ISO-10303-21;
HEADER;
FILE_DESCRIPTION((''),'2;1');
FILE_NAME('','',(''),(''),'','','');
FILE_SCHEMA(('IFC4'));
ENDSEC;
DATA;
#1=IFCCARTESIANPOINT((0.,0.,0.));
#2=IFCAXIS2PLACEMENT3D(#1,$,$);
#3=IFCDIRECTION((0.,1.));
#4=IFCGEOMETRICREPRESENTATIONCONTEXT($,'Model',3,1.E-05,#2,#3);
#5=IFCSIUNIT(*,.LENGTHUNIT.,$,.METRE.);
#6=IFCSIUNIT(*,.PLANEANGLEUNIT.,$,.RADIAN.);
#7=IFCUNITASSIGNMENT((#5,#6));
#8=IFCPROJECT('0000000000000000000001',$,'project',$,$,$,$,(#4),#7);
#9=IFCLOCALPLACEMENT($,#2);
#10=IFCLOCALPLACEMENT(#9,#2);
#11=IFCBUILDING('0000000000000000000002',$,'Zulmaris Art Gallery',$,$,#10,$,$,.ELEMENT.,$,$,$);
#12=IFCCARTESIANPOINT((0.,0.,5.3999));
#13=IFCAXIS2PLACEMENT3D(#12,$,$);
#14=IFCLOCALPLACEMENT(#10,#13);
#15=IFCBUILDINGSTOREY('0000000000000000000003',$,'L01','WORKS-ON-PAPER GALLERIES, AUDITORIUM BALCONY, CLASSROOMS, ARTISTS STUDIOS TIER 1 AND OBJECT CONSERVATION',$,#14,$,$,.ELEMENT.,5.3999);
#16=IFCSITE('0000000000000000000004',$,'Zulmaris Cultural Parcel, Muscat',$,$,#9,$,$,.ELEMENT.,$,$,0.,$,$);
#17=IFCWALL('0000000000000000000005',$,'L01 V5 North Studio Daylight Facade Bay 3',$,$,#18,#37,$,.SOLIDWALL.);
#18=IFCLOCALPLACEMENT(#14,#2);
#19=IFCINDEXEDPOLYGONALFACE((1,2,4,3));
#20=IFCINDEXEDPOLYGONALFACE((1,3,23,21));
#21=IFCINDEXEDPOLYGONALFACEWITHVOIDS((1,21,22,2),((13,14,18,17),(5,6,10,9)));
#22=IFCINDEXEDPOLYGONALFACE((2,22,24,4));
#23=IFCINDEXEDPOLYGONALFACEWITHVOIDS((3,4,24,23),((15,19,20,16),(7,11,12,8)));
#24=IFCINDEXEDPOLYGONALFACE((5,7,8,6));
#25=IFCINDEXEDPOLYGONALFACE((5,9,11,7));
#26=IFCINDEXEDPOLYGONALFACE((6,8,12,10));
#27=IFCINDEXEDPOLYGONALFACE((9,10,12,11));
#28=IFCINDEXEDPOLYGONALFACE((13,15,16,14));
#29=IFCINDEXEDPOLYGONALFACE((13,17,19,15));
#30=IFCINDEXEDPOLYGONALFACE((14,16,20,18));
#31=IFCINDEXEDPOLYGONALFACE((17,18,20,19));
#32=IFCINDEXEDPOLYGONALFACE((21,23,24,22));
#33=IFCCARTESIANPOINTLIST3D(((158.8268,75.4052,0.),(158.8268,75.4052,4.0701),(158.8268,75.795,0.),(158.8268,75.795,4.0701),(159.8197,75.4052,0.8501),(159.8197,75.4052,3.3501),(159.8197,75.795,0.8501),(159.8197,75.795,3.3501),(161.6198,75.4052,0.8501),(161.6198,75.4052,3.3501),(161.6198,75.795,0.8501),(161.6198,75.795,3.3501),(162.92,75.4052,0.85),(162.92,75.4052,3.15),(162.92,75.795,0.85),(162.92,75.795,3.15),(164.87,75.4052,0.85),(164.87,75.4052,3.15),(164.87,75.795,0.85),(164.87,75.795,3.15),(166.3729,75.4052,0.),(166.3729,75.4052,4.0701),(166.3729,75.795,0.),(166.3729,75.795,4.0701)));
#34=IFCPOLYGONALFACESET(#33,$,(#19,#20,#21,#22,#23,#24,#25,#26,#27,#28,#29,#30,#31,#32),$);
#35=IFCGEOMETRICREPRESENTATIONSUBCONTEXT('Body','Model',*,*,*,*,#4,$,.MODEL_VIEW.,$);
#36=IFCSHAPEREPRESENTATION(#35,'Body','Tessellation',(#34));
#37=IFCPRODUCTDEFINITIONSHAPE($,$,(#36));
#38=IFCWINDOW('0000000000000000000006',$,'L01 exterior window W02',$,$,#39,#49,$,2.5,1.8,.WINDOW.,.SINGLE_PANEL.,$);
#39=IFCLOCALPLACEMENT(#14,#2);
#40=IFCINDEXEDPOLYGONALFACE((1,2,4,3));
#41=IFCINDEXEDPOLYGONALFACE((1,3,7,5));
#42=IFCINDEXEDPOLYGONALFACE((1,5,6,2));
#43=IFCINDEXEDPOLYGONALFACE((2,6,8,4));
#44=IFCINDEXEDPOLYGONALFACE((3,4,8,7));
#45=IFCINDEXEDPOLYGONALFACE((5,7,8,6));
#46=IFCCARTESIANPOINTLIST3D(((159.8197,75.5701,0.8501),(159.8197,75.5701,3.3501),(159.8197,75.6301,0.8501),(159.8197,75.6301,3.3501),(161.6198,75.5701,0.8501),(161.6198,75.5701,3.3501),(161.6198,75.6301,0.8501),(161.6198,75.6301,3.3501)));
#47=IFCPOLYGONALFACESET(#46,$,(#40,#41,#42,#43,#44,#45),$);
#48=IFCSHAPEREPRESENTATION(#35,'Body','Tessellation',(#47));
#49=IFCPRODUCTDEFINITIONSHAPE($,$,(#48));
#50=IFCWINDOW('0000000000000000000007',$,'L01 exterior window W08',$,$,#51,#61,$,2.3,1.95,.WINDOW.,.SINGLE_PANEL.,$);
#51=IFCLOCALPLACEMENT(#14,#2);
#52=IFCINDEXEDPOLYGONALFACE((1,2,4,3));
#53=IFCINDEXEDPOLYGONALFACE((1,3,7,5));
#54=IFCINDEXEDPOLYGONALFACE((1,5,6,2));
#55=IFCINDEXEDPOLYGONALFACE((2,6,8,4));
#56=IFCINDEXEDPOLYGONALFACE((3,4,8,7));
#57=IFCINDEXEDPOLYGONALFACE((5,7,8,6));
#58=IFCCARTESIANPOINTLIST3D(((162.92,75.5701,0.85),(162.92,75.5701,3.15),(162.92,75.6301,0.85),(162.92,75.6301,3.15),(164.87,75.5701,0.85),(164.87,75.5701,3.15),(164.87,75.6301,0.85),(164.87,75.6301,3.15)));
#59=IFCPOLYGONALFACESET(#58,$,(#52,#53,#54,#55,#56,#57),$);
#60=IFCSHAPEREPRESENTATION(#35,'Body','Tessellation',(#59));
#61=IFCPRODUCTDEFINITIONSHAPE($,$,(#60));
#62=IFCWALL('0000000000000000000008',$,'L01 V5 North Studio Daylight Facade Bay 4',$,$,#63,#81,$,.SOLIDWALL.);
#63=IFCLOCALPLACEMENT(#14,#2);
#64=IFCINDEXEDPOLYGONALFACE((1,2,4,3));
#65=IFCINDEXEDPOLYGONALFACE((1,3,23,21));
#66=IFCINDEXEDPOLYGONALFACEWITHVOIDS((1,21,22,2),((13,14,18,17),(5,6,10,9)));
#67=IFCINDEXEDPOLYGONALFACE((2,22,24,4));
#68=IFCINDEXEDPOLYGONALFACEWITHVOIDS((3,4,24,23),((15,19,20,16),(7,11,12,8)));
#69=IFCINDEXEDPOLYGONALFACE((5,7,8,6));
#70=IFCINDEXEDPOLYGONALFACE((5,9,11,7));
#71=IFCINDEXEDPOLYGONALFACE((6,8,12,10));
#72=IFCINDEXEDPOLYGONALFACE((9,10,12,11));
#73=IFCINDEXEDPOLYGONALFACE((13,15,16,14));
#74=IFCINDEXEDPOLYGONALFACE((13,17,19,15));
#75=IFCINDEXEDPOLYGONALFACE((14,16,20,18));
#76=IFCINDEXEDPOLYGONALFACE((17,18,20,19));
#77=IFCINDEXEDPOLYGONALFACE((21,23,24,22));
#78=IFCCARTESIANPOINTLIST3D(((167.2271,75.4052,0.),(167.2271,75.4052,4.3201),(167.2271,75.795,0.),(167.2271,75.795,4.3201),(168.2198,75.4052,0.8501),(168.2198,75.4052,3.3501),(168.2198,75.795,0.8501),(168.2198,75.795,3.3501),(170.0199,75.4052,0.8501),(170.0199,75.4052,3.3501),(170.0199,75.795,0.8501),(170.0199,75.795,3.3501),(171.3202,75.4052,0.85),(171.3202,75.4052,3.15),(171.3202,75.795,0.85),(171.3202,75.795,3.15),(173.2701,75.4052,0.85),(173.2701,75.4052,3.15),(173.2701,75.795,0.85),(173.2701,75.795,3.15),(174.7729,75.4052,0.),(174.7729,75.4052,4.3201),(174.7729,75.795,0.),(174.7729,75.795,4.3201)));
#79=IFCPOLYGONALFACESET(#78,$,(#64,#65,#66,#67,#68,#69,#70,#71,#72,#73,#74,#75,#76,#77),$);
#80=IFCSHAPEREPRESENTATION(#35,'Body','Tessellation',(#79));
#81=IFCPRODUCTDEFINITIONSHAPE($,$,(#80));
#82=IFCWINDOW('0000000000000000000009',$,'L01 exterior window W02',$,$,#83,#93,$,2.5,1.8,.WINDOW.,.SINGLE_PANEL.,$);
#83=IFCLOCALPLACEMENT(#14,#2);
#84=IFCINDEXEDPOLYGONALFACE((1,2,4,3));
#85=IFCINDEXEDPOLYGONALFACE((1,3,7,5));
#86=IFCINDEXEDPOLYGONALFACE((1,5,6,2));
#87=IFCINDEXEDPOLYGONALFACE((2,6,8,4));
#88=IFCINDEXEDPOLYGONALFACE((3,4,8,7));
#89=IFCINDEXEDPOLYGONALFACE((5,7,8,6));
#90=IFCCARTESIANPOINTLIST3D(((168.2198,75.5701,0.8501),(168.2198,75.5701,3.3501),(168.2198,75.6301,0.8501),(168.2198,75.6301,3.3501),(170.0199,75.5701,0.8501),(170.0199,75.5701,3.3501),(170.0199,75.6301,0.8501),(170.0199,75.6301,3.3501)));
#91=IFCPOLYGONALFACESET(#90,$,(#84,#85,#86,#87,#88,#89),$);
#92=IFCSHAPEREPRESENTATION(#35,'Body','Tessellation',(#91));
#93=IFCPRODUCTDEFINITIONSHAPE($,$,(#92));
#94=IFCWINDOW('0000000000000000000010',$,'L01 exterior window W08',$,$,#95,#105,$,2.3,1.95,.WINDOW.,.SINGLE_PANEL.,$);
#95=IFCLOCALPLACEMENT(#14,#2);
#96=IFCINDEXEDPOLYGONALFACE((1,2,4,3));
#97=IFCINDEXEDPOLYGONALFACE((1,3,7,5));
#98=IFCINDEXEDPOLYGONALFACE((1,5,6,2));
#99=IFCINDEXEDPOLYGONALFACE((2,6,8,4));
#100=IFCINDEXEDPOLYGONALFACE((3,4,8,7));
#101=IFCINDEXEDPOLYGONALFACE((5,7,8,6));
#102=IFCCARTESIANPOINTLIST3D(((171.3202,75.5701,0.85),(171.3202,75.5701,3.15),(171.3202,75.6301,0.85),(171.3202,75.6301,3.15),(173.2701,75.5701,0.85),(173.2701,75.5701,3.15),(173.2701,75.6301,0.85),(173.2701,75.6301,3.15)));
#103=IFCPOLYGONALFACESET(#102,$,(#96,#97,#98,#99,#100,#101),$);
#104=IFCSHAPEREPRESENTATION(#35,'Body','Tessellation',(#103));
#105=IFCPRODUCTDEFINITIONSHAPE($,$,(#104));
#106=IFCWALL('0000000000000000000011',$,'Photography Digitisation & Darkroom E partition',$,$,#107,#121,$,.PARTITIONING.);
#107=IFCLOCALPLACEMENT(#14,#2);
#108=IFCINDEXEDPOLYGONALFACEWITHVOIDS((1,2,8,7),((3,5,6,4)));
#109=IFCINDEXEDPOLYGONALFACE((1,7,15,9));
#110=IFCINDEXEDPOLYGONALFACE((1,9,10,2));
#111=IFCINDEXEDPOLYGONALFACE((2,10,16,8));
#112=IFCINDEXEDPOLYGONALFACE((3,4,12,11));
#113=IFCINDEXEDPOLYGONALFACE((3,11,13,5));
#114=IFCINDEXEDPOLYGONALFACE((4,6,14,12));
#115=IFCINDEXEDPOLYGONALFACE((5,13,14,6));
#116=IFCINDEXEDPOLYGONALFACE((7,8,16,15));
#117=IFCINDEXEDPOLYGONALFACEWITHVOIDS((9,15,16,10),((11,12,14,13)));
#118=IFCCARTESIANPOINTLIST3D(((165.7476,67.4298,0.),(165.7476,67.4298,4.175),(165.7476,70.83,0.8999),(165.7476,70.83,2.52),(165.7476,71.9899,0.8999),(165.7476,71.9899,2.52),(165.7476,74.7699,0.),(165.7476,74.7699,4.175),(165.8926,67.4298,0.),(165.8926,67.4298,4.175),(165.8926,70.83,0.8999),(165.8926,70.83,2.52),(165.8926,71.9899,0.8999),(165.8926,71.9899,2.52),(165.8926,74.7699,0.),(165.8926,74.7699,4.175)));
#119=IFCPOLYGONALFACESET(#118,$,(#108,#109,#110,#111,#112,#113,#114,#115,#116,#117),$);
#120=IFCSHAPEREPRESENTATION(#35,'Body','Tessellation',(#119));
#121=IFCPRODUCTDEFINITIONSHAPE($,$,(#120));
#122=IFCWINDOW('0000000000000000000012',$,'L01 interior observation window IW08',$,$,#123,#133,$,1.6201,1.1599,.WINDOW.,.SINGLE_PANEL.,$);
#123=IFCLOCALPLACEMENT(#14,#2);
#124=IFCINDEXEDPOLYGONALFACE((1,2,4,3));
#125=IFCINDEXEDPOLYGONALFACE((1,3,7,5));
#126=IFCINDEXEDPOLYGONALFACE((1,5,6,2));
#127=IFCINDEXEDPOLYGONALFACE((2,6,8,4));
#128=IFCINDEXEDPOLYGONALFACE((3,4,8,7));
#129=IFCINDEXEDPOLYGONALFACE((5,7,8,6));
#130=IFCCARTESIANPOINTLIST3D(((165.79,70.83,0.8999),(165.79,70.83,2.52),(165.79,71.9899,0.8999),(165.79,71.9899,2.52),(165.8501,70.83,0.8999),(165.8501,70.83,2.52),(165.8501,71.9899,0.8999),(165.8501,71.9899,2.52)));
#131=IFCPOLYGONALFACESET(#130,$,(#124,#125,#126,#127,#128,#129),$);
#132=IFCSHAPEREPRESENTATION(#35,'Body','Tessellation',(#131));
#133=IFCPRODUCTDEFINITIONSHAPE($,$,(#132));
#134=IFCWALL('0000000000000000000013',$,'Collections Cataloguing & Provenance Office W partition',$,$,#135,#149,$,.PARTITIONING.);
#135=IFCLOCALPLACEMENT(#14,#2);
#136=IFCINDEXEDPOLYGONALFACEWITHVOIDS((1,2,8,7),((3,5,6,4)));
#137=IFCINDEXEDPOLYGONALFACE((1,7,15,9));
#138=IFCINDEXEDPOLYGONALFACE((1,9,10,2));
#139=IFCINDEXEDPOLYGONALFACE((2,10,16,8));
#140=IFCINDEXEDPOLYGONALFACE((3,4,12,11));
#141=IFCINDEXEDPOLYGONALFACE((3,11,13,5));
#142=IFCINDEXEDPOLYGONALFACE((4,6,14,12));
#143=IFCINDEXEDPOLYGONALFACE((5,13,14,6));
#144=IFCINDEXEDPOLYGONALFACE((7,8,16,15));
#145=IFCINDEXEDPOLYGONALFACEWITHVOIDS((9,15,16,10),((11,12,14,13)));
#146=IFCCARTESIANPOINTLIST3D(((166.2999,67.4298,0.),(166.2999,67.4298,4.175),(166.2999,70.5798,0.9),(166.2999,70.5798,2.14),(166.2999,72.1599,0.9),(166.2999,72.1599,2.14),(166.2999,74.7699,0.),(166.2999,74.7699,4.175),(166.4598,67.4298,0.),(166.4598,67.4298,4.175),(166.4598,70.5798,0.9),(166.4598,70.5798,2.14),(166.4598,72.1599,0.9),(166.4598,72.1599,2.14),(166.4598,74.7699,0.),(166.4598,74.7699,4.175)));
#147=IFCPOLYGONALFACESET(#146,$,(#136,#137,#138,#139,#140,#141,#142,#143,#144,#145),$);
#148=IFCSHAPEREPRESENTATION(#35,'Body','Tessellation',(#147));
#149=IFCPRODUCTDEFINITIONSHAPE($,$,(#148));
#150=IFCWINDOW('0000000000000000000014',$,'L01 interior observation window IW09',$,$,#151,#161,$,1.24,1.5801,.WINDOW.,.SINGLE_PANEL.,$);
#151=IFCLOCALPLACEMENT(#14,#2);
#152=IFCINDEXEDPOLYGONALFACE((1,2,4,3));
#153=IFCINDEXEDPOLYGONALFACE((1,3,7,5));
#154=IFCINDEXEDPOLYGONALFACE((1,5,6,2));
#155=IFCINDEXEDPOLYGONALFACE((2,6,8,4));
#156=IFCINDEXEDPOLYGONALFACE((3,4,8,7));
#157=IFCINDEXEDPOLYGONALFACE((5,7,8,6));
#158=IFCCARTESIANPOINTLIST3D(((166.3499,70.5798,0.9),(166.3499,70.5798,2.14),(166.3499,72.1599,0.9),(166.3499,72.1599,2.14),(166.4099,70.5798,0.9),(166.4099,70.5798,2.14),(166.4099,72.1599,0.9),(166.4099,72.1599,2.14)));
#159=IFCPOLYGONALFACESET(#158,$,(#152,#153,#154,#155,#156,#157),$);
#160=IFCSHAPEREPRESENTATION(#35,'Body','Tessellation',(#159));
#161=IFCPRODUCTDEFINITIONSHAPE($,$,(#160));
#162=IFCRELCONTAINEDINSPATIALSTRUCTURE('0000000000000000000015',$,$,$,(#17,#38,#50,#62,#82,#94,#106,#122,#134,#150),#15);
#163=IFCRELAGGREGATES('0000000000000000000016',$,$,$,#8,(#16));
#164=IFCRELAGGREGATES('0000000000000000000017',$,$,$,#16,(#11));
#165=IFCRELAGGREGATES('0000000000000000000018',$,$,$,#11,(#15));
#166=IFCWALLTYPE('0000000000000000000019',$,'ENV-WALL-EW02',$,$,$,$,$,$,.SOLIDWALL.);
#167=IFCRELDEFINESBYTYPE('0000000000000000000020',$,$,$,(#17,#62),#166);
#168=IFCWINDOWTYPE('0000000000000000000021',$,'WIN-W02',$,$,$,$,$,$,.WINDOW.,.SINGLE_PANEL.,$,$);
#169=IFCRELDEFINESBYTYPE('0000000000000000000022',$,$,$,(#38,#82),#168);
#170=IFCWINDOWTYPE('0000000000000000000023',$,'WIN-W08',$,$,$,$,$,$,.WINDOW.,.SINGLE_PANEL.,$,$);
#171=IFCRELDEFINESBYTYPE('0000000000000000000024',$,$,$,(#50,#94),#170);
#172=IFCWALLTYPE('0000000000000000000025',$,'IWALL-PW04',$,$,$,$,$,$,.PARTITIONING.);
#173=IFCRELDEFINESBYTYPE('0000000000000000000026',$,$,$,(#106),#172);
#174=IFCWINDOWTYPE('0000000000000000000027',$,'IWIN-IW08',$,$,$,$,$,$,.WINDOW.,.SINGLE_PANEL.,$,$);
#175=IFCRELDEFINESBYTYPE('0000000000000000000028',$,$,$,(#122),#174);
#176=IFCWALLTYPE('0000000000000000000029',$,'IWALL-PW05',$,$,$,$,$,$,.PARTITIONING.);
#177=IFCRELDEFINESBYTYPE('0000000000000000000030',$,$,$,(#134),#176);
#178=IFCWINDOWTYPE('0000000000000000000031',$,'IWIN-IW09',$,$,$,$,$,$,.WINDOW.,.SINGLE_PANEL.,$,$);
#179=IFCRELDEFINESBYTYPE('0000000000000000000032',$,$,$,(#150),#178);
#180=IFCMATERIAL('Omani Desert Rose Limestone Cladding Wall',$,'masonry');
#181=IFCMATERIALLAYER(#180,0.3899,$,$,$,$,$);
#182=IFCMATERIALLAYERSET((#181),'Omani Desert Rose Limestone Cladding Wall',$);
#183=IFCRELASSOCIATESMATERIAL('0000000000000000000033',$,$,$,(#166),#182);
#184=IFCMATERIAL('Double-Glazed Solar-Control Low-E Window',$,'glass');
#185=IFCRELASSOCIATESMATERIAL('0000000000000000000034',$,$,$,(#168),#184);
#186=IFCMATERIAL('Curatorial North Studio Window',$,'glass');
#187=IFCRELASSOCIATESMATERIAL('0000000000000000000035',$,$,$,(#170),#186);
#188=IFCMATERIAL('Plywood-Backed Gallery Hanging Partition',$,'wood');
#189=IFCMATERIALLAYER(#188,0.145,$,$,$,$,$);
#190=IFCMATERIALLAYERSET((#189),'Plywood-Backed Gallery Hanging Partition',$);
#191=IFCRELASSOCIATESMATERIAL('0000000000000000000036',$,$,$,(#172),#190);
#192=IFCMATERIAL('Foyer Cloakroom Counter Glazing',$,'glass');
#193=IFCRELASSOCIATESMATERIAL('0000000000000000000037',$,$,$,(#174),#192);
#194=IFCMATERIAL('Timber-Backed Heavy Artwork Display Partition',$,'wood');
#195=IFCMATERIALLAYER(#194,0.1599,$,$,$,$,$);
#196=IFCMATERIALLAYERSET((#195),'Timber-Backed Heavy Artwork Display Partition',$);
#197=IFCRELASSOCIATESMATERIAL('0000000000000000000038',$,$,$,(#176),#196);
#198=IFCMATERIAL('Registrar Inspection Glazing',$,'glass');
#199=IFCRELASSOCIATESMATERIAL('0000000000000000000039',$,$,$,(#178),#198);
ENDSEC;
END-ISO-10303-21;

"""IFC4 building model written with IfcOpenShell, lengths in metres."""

from ifc_helpers import new_model, si_unit, direction, frame, frame_2d, origin, place, context, subcontext, project, spatial, rectangle, extrude, material, layer, layer_set, type_object, element, fill, save


model = new_model("IFC4")

# Units and contexts
model_context = context("Model", 3, precision=1e-05, world=origin(), true_north=direction((0.0, 1.0)))
body_context = subcontext(model_context, "Body", "Model", "MODEL_VIEW")
ifc_project = project(units=[si_unit("LENGTHUNIT", "METRE"), si_unit("PLANEANGLEUNIT", "RADIAN")], contexts=[model_context])

# Site, building, storey
site_placement = place(None, origin())
site = spatial("IfcSite", under=ifc_project, at=site_placement, Name="Zulmaris Cultural Parcel, Muscat", CompositionType="ELEMENT", RefElevation=0.0)
building_placement = place(site_placement, origin())
building = spatial("IfcBuilding", under=site, at=building_placement, Name="Zulmaris Art Gallery", CompositionType="ELEMENT")
storey_placement = place(building_placement, frame((0.0, 0.0, 5.3999)))
storey = spatial("IfcBuildingStorey", under=building, at=storey_placement, Name="L01", Description="WORKS-ON-PAPER GALLERIES, AUDITORIUM BALCONY, CLASSROOMS, ARTISTS STUDIOS TIER 1 AND OBJECT CONSERVATION", CompositionType="ELEMENT", Elevation=5.3999)

# Walls, openings, windows
ifc_material_1 = material(Name="Omani Desert Rose Limestone Cladding Wall", Category="masonry")
ifc_layer_1 = layer(ifc_material_1, 0.3899)
ifc_layer_set_1 = layer_set([ifc_layer_1], Name="Omani Desert Rose Limestone Cladding Wall")
wall_type_1 = type_object("IfcWallType", Name="ENV-WALL-EW02", PredefinedType="SOLIDWALL", material=ifc_layer_set_1)
wall_1_placement = place(storey_placement, frame((158.8269, 75.6001, 0.0), z_axis=(0.0, 0.0, 1.0), x_axis=(1.0, 0.0, 0.0)))
wall_1 = element("IfcWall", 1, at=wall_1_placement, inside=storey, type_object=wall_type_1, Name="L01 V5 North Studio Daylight Facade Bay 3", PredefinedType="SOLIDWALL", context=body_context, shape_type="SweptSolid", body=[
    extrude(rectangle(XDim=7.5461, YDim=0.3899, at=frame_2d((3.7729, 0.0))), origin(), (0.0, 0.0, 1.0), 4.0701),
])
opening_1_placement = place(wall_1_placement, frame((0.9929, 0.0, 0.8501)))
opening_1 = element("IfcOpeningElement", 2, at=opening_1_placement, cuts=wall_1, PredefinedType="OPENING", context=body_context, shape_type="SweptSolid", body=[
    extrude(rectangle(XDim=1.8, YDim=2.5, at=frame_2d((0.8999, 1.25))), frame((0.0, 0.2048, 0.0), z_axis=(0.0, -1.0, 0.0), x_axis=(1.0, 0.0, 0.0)), (0.0, 0.0, 1.0), 0.4099),
])
opening_2_placement = place(wall_1_placement, frame((4.093, 0.0, 0.8501)))
opening_2 = element("IfcOpeningElement", 3, at=opening_2_placement, cuts=wall_1, PredefinedType="OPENING", context=body_context, shape_type="SweptSolid", body=[
    extrude(rectangle(XDim=1.95, YDim=2.3, at=frame_2d((0.9751, 1.1499))), frame((0.0, 0.2048, 0.0), z_axis=(0.0, -1.0, 0.0), x_axis=(1.0, 0.0, 0.0)), (0.0, 0.0, 1.0), 0.4099),
])
ifc_material_2 = material(Name="Double-Glazed Solar-Control Low-E Window", Category="glass")
window_type_1 = type_object("IfcWindowType", Name="WIN-W02", PartitioningType="SINGLE_PANEL", PredefinedType="WINDOW", material=ifc_material_2)
window_1_placement = place(opening_1_placement, origin())
window_1 = element("IfcWindow", 4, at=window_1_placement, inside=storey, type_object=window_type_1, Name="L01 exterior window W02", OverallHeight=2.5, OverallWidth=1.8, PartitioningType="SINGLE_PANEL", PredefinedType="WINDOW", context=body_context, shape_type="SweptSolid", body=[
    extrude(rectangle(XDim=1.8, YDim=2.5, at=frame_2d((0.8999, 1.25))), frame((0.0, 0.03, 0.0), z_axis=(0.0, -1.0, 0.0), x_axis=(1.0, 0.0, 0.0)), (0.0, 0.0, 1.0), 0.0601),
])
fill(opening_1, window_1)
ifc_material_3 = material(Name="Curatorial North Studio Window", Category="glass")
window_type_2 = type_object("IfcWindowType", Name="WIN-W08", PartitioningType="SINGLE_PANEL", PredefinedType="WINDOW", material=ifc_material_3)
window_2_placement = place(opening_2_placement, origin())
window_2 = element("IfcWindow", 5, at=window_2_placement, inside=storey, type_object=window_type_2, Name="L01 exterior window W08", OverallHeight=2.3, OverallWidth=1.95, PartitioningType="SINGLE_PANEL", PredefinedType="WINDOW", context=body_context, shape_type="SweptSolid", body=[
    extrude(rectangle(XDim=1.95, YDim=2.3, at=frame_2d((0.9751, 1.1499))), frame((0.0, 0.03, 0.0), z_axis=(0.0, -1.0, 0.0), x_axis=(1.0, 0.0, 0.0)), (0.0, 0.0, 1.0), 0.0601),
])
fill(opening_2, window_2)
wall_2_placement = place(storey_placement, frame((167.2271, 75.6001, 0.0), z_axis=(0.0, 0.0, 1.0), x_axis=(1.0, 0.0, 0.0)))
wall_2 = element("IfcWall", 6, at=wall_2_placement, inside=storey, type_object=wall_type_1, Name="L01 V5 North Studio Daylight Facade Bay 4", PredefinedType="SOLIDWALL", context=body_context, shape_type="SweptSolid", body=[
    extrude(rectangle(XDim=7.5459, YDim=0.3899, at=frame_2d((3.7729, 0.0))), origin(), (0.0, 0.0, 1.0), 4.3201),
])
opening_3_placement = place(wall_2_placement, frame((0.9929, 0.0, 0.8501)))
opening_3 = element("IfcOpeningElement", 7, at=opening_3_placement, cuts=wall_2, PredefinedType="OPENING", context=body_context, shape_type="SweptSolid", body=[
    extrude(rectangle(XDim=1.8, YDim=2.5, at=frame_2d((0.8999, 1.25))), frame((0.0, 0.2048, 0.0), z_axis=(0.0, -1.0, 0.0), x_axis=(1.0, 0.0, 0.0)), (0.0, 0.0, 1.0), 0.4099),
])
opening_4_placement = place(wall_2_placement, frame((4.093, 0.0, 0.8501)))
opening_4 = element("IfcOpeningElement", 8, at=opening_4_placement, cuts=wall_2, PredefinedType="OPENING", context=body_context, shape_type="SweptSolid", body=[
    extrude(rectangle(XDim=1.95, YDim=2.3, at=frame_2d((0.9751, 1.1499))), frame((0.0, 0.2048, 0.0), z_axis=(0.0, -1.0, 0.0), x_axis=(1.0, 0.0, 0.0)), (0.0, 0.0, 1.0), 0.4099),
])
window_3_placement = place(opening_3_placement, origin())
window_3 = element("IfcWindow", 9, at=window_3_placement, inside=storey, type_object=window_type_1, Name="L01 exterior window W02", OverallHeight=2.5, OverallWidth=1.8, PartitioningType="SINGLE_PANEL", PredefinedType="WINDOW", context=body_context, shape_type="SweptSolid", body=[
    extrude(rectangle(XDim=1.8, YDim=2.5, at=frame_2d((0.8999, 1.25))), frame((0.0, 0.03, 0.0), z_axis=(0.0, -1.0, 0.0), x_axis=(1.0, 0.0, 0.0)), (0.0, 0.0, 1.0), 0.0601),
])
fill(opening_3, window_3)
window_4_placement = place(opening_4_placement, origin())
window_4 = element("IfcWindow", 10, at=window_4_placement, inside=storey, type_object=window_type_2, Name="L01 exterior window W08", OverallHeight=2.3, OverallWidth=1.95, PartitioningType="SINGLE_PANEL", PredefinedType="WINDOW", context=body_context, shape_type="SweptSolid", body=[
    extrude(rectangle(XDim=1.95, YDim=2.3, at=frame_2d((0.9751, 1.1499))), frame((0.0, 0.03, 0.0), z_axis=(0.0, -1.0, 0.0), x_axis=(1.0, 0.0, 0.0)), (0.0, 0.0, 1.0), 0.0601),
])
fill(opening_4, window_4)

# Walls, openings, windows
ifc_material_4 = material(Name="Plywood-Backed Gallery Hanging Partition", Category="wood")
ifc_layer_2 = layer(ifc_material_4, 0.145)
ifc_layer_set_2 = layer_set([ifc_layer_2], Name="Plywood-Backed Gallery Hanging Partition")
wall_type_2 = type_object("IfcWallType", Name="IWALL-PW04", PredefinedType="PARTITIONING", material=ifc_layer_set_2)
wall_3_placement = place(storey_placement, frame((165.8201, 67.4299, 0.0), z_axis=(0.0, 0.0, 1.0), x_axis=(0.0, 1.0, 0.0)))
wall_3 = element("IfcWall", 11, at=wall_3_placement, inside=storey, type_object=wall_type_2, Name="Photography Digitisation & Darkroom E partition", PredefinedType="PARTITIONING", context=body_context, shape_type="SweptSolid", body=[
    extrude(rectangle(XDim=7.3401, YDim=0.145, at=frame_2d((3.6699, 0.0))), origin(), (0.0, 0.0, 1.0), 4.175),
])
opening_5_placement = place(wall_3_placement, frame((3.3999, 0.0, 0.8999)))
opening_5 = element("IfcOpeningElement", 12, at=opening_5_placement, cuts=wall_3, PredefinedType="OPENING", context=body_context, shape_type="SweptSolid", body=[
    extrude(rectangle(XDim=1.1599, YDim=1.6201, at=frame_2d((0.5801, 0.8101))), frame((0.0, 0.0825, 0.0), z_axis=(0.0, -1.0, 0.0), x_axis=(1.0, 0.0, 0.0)), (0.0, 0.0, 1.0), 0.165),
])
ifc_material_5 = material(Name="Foyer Cloakroom Counter Glazing", Category="glass")
window_type_3 = type_object("IfcWindowType", Name="IWIN-IW08", PartitioningType="SINGLE_PANEL", PredefinedType="WINDOW", material=ifc_material_5)
window_5_placement = place(opening_5_placement, origin())
window_5 = element("IfcWindow", 13, at=window_5_placement, inside=storey, type_object=window_type_3, Name="L01 interior observation window IW08", OverallHeight=1.6201, OverallWidth=1.1599, PartitioningType="SINGLE_PANEL", PredefinedType="WINDOW", context=body_context, shape_type="SweptSolid", body=[
    extrude(rectangle(XDim=1.1599, YDim=1.6201, at=frame_2d((0.5801, 0.8101))), frame((0.0, 0.03, 0.0), z_axis=(0.0, -1.0, 0.0), x_axis=(1.0, 0.0, 0.0)), (0.0, 0.0, 1.0), 0.0601),
])
fill(opening_5, window_5)
ifc_material_6 = material(Name="Timber-Backed Heavy Artwork Display Partition", Category="wood")
ifc_layer_3 = layer(ifc_material_6, 0.1599)
ifc_layer_set_3 = layer_set([ifc_layer_3], Name="Timber-Backed Heavy Artwork Display Partition")
wall_type_3 = type_object("IfcWallType", Name="IWALL-PW05", PredefinedType="PARTITIONING", material=ifc_layer_set_3)
wall_4_placement = place(storey_placement, frame((166.3799, 67.4299, 0.0), z_axis=(0.0, 0.0, 1.0), x_axis=(0.0, 1.0, 0.0)))
wall_4 = element("IfcWall", 14, at=wall_4_placement, inside=storey, type_object=wall_type_3, Name="Collections Cataloguing & Provenance Office W partition", PredefinedType="PARTITIONING", context=body_context, shape_type="SweptSolid", body=[
    extrude(rectangle(XDim=7.3401, YDim=0.1599, at=frame_2d((3.6699, 0.0))), origin(), (0.0, 0.0, 1.0), 4.175),
])
opening_6_placement = place(wall_4_placement, frame((3.1499, 0.0, 0.8999)))
opening_6 = element("IfcOpeningElement", 15, at=opening_6_placement, cuts=wall_4, PredefinedType="OPENING", context=body_context, shape_type="SweptSolid", body=[
    extrude(rectangle(XDim=1.5801, YDim=1.24, at=frame_2d((0.79, 0.6201))), frame((0.0, 0.0898, 0.0), z_axis=(0.0, -1.0, 0.0), x_axis=(1.0, 0.0, 0.0)), (0.0, 0.0, 1.0), 0.1799),
])
ifc_material_7 = material(Name="Registrar Inspection Glazing", Category="glass")
window_type_4 = type_object("IfcWindowType", Name="IWIN-IW09", PartitioningType="SINGLE_PANEL", PredefinedType="WINDOW", material=ifc_material_7)
window_6_placement = place(opening_6_placement, origin())
window_6 = element("IfcWindow", 16, at=window_6_placement, inside=storey, type_object=window_type_4, Name="L01 interior observation window IW09", OverallHeight=1.24, OverallWidth=1.5801, PartitioningType="SINGLE_PANEL", PredefinedType="WINDOW", context=body_context, shape_type="SweptSolid", body=[
    extrude(rectangle(XDim=1.5801, YDim=1.24, at=frame_2d((0.79, 0.6201))), frame((0.0, 0.03, 0.0), z_axis=(0.0, -1.0, 0.0), x_axis=(1.0, 0.0, 0.0)), (0.0, 0.0, 1.0), 0.0601),
])
fill(opening_6, window_6)

save(model, "model.ifc")
